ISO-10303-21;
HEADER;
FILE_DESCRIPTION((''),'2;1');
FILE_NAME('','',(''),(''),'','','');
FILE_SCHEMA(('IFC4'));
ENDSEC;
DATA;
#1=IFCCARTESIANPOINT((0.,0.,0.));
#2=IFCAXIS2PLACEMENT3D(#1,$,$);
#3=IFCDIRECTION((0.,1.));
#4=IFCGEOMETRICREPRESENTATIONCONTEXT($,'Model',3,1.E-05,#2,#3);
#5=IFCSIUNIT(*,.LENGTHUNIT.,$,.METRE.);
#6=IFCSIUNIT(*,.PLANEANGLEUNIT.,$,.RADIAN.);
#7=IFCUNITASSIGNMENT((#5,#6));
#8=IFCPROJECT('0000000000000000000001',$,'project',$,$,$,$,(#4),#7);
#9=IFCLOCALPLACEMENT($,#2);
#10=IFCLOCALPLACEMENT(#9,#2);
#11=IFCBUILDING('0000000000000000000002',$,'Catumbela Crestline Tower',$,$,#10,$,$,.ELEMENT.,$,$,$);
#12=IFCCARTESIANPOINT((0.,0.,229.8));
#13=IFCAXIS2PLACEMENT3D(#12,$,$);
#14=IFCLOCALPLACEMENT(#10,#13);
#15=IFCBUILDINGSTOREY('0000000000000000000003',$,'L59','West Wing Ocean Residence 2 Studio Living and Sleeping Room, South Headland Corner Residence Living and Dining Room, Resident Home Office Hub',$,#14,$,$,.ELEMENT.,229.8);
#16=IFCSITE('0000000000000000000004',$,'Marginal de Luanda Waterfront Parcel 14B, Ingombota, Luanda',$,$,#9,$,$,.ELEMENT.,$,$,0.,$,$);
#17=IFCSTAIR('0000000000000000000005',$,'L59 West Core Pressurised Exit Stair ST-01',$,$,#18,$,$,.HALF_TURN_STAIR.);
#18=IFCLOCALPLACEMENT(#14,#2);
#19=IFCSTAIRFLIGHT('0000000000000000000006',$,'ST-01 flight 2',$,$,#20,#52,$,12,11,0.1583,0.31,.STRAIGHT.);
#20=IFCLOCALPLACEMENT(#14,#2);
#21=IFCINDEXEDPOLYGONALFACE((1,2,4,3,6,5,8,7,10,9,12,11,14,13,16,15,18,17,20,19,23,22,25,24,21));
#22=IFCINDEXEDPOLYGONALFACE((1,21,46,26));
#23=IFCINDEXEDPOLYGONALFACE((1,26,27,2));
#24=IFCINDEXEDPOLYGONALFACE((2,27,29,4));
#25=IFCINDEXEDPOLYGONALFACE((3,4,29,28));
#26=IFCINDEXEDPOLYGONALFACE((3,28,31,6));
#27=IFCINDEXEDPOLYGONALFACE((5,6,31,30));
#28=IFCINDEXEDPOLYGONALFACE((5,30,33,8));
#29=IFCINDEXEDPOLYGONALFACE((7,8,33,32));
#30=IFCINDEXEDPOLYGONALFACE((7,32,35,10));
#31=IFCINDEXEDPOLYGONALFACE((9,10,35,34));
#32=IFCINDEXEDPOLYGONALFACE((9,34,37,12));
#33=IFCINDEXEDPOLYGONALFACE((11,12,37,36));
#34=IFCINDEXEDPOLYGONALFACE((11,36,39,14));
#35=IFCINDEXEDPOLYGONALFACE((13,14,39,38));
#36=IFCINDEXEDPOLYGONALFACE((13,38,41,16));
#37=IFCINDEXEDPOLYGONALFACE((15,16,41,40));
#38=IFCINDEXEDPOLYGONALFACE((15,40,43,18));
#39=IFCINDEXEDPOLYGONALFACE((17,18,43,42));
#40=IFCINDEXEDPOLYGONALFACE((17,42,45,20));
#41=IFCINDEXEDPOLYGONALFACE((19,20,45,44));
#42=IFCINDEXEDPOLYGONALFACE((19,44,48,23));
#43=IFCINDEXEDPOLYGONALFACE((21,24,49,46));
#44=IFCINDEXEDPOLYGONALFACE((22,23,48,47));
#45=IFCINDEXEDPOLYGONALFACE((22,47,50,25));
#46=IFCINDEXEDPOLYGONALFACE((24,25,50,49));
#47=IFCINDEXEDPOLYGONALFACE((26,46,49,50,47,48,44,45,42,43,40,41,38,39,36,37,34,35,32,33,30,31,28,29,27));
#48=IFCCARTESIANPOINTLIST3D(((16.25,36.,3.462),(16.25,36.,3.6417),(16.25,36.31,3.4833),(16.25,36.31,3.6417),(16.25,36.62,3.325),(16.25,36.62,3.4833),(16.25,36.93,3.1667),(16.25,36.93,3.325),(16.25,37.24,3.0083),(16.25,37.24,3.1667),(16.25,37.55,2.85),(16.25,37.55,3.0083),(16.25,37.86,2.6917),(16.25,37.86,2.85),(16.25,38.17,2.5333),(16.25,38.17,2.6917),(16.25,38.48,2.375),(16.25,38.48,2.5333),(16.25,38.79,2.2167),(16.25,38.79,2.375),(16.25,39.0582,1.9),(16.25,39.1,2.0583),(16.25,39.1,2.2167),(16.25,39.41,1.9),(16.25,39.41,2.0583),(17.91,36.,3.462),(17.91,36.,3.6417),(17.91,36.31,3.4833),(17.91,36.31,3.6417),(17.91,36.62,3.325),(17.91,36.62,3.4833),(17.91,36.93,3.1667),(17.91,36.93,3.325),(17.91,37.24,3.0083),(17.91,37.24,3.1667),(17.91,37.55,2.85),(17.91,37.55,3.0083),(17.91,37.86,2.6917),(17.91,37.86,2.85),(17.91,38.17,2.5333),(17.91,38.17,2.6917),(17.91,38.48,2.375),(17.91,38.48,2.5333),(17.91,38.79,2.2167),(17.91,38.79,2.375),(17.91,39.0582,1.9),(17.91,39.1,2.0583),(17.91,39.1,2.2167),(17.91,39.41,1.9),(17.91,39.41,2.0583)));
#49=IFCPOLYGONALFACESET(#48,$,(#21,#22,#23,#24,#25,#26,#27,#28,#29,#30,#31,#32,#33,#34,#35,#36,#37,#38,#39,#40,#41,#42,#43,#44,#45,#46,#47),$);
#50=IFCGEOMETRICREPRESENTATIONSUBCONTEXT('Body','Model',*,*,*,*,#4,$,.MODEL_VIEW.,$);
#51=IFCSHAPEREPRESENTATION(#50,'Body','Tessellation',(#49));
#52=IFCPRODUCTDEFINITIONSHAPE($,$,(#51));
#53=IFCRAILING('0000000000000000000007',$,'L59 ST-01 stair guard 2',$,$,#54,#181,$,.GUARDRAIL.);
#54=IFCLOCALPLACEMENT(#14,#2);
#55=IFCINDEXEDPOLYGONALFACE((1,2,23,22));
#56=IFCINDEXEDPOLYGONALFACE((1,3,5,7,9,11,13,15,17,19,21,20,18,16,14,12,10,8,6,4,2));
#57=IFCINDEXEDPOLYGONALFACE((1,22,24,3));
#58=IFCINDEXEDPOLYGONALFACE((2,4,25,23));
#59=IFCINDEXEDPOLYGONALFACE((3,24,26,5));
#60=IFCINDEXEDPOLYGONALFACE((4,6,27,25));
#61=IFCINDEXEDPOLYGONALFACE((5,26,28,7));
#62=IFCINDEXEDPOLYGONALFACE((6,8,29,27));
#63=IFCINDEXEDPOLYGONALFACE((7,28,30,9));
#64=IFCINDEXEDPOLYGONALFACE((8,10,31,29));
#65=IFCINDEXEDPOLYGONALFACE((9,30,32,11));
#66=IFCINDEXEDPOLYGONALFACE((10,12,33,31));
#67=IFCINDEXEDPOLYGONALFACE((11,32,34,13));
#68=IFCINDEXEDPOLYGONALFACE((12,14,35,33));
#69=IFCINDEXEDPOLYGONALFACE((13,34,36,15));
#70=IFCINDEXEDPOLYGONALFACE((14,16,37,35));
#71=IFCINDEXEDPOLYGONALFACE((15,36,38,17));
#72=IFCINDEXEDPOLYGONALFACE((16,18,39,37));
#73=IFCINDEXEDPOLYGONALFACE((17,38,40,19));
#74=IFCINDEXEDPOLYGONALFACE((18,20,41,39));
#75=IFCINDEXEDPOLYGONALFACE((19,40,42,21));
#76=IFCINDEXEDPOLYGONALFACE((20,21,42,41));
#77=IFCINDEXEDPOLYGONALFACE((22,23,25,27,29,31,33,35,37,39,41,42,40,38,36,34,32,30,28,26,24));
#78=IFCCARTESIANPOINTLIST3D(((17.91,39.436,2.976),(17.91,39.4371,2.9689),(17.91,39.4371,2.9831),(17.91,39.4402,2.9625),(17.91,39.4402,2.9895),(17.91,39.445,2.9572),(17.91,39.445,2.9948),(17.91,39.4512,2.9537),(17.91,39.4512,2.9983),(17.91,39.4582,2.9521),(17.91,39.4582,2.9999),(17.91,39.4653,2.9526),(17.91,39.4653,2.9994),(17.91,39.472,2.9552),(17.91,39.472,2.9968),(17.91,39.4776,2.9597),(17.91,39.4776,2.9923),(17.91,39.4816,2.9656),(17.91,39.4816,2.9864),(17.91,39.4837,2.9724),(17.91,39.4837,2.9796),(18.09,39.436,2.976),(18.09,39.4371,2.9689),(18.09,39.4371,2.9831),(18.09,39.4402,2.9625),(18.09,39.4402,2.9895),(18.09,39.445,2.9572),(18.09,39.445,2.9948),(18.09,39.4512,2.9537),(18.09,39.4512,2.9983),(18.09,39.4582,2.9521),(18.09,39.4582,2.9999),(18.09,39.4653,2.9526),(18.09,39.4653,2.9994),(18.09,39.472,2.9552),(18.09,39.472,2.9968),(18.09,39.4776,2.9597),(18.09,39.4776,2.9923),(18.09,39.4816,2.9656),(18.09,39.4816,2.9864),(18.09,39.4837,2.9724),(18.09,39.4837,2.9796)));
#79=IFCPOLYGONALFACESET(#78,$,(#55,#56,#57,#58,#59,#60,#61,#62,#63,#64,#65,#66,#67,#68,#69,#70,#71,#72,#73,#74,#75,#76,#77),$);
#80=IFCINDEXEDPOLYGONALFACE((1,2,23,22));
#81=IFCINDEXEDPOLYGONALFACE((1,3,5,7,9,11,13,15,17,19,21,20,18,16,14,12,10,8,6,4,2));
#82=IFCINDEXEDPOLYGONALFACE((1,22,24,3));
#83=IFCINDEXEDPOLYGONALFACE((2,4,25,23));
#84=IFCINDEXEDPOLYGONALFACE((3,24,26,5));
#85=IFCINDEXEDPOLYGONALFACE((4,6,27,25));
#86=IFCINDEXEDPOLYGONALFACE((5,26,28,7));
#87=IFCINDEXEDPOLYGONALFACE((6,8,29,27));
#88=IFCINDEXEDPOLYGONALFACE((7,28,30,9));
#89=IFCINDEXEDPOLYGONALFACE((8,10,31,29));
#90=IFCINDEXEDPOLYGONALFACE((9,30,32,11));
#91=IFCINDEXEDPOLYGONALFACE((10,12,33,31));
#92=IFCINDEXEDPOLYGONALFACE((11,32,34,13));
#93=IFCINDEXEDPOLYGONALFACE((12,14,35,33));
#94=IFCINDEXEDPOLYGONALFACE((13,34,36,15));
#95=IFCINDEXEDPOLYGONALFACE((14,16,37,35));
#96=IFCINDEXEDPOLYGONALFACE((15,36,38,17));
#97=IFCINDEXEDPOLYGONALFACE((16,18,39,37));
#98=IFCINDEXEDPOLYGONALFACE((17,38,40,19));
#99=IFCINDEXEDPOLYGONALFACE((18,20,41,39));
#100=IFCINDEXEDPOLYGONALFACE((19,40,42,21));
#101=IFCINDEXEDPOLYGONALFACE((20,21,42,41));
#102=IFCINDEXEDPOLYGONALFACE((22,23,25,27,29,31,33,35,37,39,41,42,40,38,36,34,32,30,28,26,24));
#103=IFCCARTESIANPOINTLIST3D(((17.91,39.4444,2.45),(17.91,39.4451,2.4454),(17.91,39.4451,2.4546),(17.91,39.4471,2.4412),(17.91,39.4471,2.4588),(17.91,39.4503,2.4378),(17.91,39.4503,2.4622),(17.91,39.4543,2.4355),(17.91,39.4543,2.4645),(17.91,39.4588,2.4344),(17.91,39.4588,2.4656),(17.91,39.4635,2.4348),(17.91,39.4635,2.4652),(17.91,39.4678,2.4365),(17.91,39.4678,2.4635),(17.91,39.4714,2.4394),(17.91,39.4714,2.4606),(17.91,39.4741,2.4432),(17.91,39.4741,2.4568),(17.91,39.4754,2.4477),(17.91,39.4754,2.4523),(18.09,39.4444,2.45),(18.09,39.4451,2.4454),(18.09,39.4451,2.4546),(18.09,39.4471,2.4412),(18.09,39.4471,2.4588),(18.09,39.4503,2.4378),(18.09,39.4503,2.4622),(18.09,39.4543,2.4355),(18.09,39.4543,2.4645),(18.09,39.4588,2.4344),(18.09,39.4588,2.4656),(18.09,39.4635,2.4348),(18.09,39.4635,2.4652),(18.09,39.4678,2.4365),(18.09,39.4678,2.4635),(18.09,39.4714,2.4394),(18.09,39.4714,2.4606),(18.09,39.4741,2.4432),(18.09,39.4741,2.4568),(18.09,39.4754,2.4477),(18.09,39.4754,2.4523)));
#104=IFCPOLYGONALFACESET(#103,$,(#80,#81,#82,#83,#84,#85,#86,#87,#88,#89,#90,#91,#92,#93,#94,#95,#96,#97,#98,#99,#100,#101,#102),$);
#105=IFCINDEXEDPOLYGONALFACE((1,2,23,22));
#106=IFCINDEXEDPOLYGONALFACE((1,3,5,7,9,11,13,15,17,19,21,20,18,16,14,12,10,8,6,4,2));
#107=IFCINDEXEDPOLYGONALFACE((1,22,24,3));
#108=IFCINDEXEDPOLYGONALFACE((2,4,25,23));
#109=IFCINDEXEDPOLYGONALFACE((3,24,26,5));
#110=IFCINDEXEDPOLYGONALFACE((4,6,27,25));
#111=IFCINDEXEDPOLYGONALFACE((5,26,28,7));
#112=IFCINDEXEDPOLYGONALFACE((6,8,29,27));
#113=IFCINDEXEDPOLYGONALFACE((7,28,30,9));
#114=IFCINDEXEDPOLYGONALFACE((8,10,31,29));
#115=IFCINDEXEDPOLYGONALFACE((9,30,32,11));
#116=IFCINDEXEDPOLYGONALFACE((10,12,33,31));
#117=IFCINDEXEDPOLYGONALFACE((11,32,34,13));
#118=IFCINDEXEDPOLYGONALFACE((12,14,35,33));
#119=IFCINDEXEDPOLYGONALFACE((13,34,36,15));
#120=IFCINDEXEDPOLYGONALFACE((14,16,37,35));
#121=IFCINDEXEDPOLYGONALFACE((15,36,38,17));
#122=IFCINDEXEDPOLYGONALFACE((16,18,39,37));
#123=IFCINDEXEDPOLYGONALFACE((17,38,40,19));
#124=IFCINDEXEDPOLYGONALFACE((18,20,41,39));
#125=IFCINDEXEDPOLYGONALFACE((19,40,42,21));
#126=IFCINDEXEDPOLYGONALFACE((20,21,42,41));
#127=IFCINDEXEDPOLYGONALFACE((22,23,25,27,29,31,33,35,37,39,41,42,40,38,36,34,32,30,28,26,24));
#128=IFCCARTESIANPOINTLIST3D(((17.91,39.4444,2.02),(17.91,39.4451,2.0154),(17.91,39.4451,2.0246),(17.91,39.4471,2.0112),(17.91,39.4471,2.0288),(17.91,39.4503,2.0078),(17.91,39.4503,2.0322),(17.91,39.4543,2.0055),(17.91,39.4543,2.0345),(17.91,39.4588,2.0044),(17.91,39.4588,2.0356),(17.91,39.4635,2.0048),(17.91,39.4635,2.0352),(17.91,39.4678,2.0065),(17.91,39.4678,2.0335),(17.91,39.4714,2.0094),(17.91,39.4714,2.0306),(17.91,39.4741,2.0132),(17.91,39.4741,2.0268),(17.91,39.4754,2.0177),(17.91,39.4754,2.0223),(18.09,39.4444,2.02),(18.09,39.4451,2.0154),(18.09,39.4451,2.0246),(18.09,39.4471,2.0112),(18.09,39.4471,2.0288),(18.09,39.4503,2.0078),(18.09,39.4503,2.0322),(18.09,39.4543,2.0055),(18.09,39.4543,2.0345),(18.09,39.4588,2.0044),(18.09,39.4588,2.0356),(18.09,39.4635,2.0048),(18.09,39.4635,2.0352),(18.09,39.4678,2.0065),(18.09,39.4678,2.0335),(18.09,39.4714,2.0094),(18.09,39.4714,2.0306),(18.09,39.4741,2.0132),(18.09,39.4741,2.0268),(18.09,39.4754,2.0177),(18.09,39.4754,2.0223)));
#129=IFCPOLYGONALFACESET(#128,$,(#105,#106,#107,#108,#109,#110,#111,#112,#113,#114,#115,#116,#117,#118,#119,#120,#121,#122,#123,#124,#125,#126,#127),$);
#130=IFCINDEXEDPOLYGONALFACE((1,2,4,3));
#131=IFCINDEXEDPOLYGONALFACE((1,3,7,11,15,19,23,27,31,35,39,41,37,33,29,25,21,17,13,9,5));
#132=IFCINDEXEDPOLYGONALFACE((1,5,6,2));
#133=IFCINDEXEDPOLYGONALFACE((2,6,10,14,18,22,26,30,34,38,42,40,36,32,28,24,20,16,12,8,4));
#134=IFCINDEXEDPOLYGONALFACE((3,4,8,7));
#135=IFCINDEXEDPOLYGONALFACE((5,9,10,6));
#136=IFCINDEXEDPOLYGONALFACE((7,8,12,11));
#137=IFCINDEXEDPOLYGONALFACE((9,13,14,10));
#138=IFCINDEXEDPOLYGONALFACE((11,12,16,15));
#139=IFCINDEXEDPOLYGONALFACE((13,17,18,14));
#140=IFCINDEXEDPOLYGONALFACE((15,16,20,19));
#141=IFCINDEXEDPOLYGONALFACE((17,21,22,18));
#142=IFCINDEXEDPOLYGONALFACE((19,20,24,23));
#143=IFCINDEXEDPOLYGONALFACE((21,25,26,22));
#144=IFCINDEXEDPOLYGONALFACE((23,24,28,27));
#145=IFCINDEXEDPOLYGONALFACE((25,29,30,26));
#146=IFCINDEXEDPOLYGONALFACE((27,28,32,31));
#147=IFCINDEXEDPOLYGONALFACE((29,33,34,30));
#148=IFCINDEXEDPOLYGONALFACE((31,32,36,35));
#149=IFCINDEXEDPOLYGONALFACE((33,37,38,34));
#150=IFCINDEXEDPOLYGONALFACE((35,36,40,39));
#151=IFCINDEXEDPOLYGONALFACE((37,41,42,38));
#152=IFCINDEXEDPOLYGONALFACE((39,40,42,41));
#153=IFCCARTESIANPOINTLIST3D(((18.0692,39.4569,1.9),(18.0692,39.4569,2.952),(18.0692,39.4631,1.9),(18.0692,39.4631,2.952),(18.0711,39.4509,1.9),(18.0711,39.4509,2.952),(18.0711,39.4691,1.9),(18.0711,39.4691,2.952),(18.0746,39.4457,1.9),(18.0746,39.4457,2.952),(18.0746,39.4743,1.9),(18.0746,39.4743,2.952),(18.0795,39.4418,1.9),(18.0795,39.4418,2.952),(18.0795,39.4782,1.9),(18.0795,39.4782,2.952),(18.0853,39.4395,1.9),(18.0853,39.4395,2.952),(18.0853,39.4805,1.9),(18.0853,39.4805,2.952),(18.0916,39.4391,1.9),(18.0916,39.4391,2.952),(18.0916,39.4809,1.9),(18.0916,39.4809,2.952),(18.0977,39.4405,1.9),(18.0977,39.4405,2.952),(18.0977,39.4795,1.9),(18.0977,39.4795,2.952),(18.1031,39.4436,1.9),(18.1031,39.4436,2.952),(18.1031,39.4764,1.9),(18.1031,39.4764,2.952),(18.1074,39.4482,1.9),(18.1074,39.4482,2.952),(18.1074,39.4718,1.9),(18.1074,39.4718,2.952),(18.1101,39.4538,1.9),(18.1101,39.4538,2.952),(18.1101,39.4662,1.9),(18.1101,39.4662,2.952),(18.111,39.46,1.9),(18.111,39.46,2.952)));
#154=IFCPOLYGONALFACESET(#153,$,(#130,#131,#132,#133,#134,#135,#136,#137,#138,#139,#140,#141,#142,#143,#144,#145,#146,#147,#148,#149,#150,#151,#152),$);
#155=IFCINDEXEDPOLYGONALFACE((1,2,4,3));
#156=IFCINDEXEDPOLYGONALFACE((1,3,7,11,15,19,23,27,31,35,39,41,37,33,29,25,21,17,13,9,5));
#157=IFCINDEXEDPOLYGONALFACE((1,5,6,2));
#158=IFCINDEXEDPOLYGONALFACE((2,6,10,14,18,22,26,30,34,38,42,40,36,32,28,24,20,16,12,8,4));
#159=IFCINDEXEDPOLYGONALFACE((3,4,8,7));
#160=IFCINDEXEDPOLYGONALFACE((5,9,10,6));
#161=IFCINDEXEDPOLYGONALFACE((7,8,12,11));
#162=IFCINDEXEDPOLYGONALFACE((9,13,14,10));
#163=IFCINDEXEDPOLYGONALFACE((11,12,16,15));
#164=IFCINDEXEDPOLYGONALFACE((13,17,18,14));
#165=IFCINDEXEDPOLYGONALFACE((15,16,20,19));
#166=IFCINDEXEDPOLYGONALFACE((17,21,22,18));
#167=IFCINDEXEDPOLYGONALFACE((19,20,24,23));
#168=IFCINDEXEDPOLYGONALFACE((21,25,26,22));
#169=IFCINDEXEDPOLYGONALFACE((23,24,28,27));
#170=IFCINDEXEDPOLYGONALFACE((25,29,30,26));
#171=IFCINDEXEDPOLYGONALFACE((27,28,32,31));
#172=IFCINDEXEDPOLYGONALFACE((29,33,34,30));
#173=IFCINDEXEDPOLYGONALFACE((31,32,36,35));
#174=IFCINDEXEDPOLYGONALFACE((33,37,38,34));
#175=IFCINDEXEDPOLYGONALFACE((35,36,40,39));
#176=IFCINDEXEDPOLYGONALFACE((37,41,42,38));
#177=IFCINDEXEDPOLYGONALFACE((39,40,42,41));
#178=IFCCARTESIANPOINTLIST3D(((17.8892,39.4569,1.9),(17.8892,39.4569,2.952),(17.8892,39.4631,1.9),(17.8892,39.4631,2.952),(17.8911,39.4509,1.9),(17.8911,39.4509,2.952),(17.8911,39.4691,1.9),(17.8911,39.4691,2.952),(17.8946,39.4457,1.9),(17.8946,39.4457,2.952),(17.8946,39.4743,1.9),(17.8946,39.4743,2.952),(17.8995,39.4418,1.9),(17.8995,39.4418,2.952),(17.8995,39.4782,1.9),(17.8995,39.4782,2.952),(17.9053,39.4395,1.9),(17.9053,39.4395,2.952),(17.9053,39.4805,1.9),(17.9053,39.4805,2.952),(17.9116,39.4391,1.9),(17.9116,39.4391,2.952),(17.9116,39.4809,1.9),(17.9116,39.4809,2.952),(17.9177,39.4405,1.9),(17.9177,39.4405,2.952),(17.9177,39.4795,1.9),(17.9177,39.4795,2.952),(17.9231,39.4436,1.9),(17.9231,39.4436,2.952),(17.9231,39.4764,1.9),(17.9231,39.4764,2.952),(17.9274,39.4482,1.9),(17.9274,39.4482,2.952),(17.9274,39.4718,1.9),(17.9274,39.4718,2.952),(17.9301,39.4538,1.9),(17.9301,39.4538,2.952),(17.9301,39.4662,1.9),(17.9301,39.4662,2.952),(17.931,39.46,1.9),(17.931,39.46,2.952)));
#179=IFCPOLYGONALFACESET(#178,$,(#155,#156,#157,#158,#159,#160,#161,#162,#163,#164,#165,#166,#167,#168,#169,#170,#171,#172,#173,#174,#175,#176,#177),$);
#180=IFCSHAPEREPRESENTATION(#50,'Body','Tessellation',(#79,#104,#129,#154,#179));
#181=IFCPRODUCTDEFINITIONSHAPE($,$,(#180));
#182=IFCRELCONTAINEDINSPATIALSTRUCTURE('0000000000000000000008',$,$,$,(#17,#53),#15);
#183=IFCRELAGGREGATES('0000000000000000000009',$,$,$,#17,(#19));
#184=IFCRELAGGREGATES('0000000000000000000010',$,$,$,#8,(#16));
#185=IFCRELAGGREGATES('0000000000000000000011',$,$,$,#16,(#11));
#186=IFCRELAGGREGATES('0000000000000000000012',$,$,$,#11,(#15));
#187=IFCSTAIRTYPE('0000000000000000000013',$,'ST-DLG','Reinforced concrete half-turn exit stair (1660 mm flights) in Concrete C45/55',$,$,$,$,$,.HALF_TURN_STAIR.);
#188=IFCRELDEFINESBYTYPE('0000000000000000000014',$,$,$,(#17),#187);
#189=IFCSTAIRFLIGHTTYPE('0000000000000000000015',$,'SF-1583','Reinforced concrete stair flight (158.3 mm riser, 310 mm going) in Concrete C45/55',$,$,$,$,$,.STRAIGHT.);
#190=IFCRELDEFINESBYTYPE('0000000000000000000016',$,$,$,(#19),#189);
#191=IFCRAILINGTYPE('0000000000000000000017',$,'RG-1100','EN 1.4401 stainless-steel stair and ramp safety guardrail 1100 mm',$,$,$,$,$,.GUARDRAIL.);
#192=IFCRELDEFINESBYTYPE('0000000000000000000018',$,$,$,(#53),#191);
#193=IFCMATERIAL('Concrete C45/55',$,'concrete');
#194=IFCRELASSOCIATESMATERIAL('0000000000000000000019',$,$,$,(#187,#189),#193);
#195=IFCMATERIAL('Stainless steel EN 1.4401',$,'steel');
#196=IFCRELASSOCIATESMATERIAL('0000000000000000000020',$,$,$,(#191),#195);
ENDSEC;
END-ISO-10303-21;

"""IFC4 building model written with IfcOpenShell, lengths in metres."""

from ifc_helpers import new_model, si_unit, direction, frame, origin, origin_2d, place, context, subcontext, project, spatial, polyline, circle, outline, extrude, material, type_object, element, aggregate, save


model = new_model("IFC4")

# Units and contexts
model_context = context("Model", 3, precision=1e-05, world=origin(), true_north=direction((0.0, 1.0)))
body_context = subcontext(model_context, "Body", "Model", "MODEL_VIEW")
ifc_project = project(units=[si_unit("LENGTHUNIT", "METRE"), si_unit("PLANEANGLEUNIT", "RADIAN")], contexts=[model_context])

# Site, building, storey
site_placement = place(None, origin())
site = spatial("IfcSite", under=ifc_project, at=site_placement, Name="Marginal de Luanda Waterfront Parcel 14B, Ingombota, Luanda", CompositionType="ELEMENT", RefElevation=0.0)
building_placement = place(site_placement, origin())
building = spatial("IfcBuilding", under=site, at=building_placement, Name="Catumbela Crestline Tower", CompositionType="ELEMENT")
storey_placement = place(building_placement, frame((0.0, 0.0, 229.8)))
storey = spatial("IfcBuildingStorey", under=building, at=storey_placement, Name="L59", Description="West Wing Ocean Residence 2 Studio Living and Sleeping Room, South Headland Corner Residence Living and Dining Room, Resident Home Office Hub", CompositionType="ELEMENT", Elevation=229.8)

# Shared definitions
ifc_material_1 = material(Name="Stainless steel EN 1.4401", Category="steel")

# Shared definitions
ifc_material_2 = material(Name="Concrete C45/55", Category="concrete")

# Stair, stair flight
stair_type = type_object("IfcStairType", Name="ST-DLG", Description="Reinforced concrete half-turn exit stair (1660 mm flights) in Concrete C45/55", PredefinedType="HALF_TURN_STAIR", material=ifc_material_2)
stair_placement = place(storey_placement, origin())
stair = element("IfcStair", 1, at=stair_placement, inside=storey, type_object=stair_type, Name="L59 West Core Pressurised Exit Stair ST-01", PredefinedType="HALF_TURN_STAIR")
stair_flight_type = type_object("IfcStairFlightType", Name="SF-1583", Description="Reinforced concrete stair flight (158.3 mm riser, 310 mm going) in Concrete C45/55", PredefinedType="STRAIGHT", material=ifc_material_2)
stair_flight_placement = place(storey_placement, frame((17.08, 39.41, 1.9), z_axis=(0.0, 0.0, 1.0), x_axis=(0.0, -1.0, 0.0)))
stair_flight = element("IfcStairFlight", 2, at=stair_flight_placement, type_object=stair_flight_type, Name="ST-01 flight 2", NumberOfRisers=12, NumberOfTreads=11, PredefinedType="STRAIGHT", RiserHeight=0.1583, TreadLength=0.31, context=body_context, shape_type="SweptSolid", body=[
    extrude(outline(polyline([(0.0, 0.0), (0.0, 0.1583), (0.31, 0.1583), (0.31, 0.3167), (0.62, 0.3167), (0.62, 0.475), (0.93, 0.475), (0.93, 0.6333), (1.24, 0.6333), (1.24, 0.7917), (1.55, 0.7917), (1.55, 0.95), (1.86, 0.95), (1.86, 1.1083), (2.17, 1.1083), (2.17, 1.2667), (2.48, 1.2667), (2.48, 1.425), (2.79, 1.425), (2.79, 1.5833), (3.1, 1.5833), (3.1, 1.7417), (3.41, 1.7417), (3.41, 1.9), (3.41, 1.562), (0.3518, 0.0), (0.0, 0.0)])), frame((0.0, 0.83, 0.0), z_axis=(0.0, -1.0, 0.0), x_axis=(1.0, 0.0, 0.0)), (0.0, 0.0, 1.0), 1.66),
])
aggregate(stair, [stair_flight])

# Railing
railing_type_1 = type_object("IfcRailingType", Name="RG-1100", Description="EN 1.4401 stainless-steel stair and ramp safety guardrail 1100 mm", PredefinedType="GUARDRAIL", material=ifc_material_1)
railing_1_placement = place(storey_placement, frame((18.09, 39.46, 1.9)))
element("IfcRailing", 3, at=railing_1_placement, inside=storey, type_object=railing_type_1, Name="L59 ST-01 stair guard 2", PredefinedType="GUARDRAIL", context=body_context, shape_type="SweptSolid", body=[
    extrude(circle(Radius=0.024, at=origin_2d()), frame((0.0, 0.0, 1.076), z_axis=(-1.0, 0.0, 0.0), x_axis=(0.0, -1.0, 0.0)), (0.0, 0.0, 1.0), 0.18),
    extrude(circle(Radius=0.0156, at=origin_2d()), frame((0.0, 0.0, 0.55), z_axis=(-1.0, 0.0, 0.0), x_axis=(0.0, -1.0, 0.0)), (0.0, 0.0, 1.0), 0.18),
    extrude(circle(Radius=0.0156, at=origin_2d()), frame((0.0, 0.0, 0.12), z_axis=(-1.0, 0.0, 0.0), x_axis=(0.0, -1.0, 0.0)), (0.0, 0.0, 1.0), 0.18),
    extrude(circle(Radius=0.021, at=origin_2d()), origin(), (0.0, 0.0, 1.0), 1.052),
    extrude(circle(Radius=0.021, at=origin_2d()), frame((-0.18, 0.0, 0.0)), (0.0, 0.0, 1.0), 1.052),
])

save(model, "model.ifc")
